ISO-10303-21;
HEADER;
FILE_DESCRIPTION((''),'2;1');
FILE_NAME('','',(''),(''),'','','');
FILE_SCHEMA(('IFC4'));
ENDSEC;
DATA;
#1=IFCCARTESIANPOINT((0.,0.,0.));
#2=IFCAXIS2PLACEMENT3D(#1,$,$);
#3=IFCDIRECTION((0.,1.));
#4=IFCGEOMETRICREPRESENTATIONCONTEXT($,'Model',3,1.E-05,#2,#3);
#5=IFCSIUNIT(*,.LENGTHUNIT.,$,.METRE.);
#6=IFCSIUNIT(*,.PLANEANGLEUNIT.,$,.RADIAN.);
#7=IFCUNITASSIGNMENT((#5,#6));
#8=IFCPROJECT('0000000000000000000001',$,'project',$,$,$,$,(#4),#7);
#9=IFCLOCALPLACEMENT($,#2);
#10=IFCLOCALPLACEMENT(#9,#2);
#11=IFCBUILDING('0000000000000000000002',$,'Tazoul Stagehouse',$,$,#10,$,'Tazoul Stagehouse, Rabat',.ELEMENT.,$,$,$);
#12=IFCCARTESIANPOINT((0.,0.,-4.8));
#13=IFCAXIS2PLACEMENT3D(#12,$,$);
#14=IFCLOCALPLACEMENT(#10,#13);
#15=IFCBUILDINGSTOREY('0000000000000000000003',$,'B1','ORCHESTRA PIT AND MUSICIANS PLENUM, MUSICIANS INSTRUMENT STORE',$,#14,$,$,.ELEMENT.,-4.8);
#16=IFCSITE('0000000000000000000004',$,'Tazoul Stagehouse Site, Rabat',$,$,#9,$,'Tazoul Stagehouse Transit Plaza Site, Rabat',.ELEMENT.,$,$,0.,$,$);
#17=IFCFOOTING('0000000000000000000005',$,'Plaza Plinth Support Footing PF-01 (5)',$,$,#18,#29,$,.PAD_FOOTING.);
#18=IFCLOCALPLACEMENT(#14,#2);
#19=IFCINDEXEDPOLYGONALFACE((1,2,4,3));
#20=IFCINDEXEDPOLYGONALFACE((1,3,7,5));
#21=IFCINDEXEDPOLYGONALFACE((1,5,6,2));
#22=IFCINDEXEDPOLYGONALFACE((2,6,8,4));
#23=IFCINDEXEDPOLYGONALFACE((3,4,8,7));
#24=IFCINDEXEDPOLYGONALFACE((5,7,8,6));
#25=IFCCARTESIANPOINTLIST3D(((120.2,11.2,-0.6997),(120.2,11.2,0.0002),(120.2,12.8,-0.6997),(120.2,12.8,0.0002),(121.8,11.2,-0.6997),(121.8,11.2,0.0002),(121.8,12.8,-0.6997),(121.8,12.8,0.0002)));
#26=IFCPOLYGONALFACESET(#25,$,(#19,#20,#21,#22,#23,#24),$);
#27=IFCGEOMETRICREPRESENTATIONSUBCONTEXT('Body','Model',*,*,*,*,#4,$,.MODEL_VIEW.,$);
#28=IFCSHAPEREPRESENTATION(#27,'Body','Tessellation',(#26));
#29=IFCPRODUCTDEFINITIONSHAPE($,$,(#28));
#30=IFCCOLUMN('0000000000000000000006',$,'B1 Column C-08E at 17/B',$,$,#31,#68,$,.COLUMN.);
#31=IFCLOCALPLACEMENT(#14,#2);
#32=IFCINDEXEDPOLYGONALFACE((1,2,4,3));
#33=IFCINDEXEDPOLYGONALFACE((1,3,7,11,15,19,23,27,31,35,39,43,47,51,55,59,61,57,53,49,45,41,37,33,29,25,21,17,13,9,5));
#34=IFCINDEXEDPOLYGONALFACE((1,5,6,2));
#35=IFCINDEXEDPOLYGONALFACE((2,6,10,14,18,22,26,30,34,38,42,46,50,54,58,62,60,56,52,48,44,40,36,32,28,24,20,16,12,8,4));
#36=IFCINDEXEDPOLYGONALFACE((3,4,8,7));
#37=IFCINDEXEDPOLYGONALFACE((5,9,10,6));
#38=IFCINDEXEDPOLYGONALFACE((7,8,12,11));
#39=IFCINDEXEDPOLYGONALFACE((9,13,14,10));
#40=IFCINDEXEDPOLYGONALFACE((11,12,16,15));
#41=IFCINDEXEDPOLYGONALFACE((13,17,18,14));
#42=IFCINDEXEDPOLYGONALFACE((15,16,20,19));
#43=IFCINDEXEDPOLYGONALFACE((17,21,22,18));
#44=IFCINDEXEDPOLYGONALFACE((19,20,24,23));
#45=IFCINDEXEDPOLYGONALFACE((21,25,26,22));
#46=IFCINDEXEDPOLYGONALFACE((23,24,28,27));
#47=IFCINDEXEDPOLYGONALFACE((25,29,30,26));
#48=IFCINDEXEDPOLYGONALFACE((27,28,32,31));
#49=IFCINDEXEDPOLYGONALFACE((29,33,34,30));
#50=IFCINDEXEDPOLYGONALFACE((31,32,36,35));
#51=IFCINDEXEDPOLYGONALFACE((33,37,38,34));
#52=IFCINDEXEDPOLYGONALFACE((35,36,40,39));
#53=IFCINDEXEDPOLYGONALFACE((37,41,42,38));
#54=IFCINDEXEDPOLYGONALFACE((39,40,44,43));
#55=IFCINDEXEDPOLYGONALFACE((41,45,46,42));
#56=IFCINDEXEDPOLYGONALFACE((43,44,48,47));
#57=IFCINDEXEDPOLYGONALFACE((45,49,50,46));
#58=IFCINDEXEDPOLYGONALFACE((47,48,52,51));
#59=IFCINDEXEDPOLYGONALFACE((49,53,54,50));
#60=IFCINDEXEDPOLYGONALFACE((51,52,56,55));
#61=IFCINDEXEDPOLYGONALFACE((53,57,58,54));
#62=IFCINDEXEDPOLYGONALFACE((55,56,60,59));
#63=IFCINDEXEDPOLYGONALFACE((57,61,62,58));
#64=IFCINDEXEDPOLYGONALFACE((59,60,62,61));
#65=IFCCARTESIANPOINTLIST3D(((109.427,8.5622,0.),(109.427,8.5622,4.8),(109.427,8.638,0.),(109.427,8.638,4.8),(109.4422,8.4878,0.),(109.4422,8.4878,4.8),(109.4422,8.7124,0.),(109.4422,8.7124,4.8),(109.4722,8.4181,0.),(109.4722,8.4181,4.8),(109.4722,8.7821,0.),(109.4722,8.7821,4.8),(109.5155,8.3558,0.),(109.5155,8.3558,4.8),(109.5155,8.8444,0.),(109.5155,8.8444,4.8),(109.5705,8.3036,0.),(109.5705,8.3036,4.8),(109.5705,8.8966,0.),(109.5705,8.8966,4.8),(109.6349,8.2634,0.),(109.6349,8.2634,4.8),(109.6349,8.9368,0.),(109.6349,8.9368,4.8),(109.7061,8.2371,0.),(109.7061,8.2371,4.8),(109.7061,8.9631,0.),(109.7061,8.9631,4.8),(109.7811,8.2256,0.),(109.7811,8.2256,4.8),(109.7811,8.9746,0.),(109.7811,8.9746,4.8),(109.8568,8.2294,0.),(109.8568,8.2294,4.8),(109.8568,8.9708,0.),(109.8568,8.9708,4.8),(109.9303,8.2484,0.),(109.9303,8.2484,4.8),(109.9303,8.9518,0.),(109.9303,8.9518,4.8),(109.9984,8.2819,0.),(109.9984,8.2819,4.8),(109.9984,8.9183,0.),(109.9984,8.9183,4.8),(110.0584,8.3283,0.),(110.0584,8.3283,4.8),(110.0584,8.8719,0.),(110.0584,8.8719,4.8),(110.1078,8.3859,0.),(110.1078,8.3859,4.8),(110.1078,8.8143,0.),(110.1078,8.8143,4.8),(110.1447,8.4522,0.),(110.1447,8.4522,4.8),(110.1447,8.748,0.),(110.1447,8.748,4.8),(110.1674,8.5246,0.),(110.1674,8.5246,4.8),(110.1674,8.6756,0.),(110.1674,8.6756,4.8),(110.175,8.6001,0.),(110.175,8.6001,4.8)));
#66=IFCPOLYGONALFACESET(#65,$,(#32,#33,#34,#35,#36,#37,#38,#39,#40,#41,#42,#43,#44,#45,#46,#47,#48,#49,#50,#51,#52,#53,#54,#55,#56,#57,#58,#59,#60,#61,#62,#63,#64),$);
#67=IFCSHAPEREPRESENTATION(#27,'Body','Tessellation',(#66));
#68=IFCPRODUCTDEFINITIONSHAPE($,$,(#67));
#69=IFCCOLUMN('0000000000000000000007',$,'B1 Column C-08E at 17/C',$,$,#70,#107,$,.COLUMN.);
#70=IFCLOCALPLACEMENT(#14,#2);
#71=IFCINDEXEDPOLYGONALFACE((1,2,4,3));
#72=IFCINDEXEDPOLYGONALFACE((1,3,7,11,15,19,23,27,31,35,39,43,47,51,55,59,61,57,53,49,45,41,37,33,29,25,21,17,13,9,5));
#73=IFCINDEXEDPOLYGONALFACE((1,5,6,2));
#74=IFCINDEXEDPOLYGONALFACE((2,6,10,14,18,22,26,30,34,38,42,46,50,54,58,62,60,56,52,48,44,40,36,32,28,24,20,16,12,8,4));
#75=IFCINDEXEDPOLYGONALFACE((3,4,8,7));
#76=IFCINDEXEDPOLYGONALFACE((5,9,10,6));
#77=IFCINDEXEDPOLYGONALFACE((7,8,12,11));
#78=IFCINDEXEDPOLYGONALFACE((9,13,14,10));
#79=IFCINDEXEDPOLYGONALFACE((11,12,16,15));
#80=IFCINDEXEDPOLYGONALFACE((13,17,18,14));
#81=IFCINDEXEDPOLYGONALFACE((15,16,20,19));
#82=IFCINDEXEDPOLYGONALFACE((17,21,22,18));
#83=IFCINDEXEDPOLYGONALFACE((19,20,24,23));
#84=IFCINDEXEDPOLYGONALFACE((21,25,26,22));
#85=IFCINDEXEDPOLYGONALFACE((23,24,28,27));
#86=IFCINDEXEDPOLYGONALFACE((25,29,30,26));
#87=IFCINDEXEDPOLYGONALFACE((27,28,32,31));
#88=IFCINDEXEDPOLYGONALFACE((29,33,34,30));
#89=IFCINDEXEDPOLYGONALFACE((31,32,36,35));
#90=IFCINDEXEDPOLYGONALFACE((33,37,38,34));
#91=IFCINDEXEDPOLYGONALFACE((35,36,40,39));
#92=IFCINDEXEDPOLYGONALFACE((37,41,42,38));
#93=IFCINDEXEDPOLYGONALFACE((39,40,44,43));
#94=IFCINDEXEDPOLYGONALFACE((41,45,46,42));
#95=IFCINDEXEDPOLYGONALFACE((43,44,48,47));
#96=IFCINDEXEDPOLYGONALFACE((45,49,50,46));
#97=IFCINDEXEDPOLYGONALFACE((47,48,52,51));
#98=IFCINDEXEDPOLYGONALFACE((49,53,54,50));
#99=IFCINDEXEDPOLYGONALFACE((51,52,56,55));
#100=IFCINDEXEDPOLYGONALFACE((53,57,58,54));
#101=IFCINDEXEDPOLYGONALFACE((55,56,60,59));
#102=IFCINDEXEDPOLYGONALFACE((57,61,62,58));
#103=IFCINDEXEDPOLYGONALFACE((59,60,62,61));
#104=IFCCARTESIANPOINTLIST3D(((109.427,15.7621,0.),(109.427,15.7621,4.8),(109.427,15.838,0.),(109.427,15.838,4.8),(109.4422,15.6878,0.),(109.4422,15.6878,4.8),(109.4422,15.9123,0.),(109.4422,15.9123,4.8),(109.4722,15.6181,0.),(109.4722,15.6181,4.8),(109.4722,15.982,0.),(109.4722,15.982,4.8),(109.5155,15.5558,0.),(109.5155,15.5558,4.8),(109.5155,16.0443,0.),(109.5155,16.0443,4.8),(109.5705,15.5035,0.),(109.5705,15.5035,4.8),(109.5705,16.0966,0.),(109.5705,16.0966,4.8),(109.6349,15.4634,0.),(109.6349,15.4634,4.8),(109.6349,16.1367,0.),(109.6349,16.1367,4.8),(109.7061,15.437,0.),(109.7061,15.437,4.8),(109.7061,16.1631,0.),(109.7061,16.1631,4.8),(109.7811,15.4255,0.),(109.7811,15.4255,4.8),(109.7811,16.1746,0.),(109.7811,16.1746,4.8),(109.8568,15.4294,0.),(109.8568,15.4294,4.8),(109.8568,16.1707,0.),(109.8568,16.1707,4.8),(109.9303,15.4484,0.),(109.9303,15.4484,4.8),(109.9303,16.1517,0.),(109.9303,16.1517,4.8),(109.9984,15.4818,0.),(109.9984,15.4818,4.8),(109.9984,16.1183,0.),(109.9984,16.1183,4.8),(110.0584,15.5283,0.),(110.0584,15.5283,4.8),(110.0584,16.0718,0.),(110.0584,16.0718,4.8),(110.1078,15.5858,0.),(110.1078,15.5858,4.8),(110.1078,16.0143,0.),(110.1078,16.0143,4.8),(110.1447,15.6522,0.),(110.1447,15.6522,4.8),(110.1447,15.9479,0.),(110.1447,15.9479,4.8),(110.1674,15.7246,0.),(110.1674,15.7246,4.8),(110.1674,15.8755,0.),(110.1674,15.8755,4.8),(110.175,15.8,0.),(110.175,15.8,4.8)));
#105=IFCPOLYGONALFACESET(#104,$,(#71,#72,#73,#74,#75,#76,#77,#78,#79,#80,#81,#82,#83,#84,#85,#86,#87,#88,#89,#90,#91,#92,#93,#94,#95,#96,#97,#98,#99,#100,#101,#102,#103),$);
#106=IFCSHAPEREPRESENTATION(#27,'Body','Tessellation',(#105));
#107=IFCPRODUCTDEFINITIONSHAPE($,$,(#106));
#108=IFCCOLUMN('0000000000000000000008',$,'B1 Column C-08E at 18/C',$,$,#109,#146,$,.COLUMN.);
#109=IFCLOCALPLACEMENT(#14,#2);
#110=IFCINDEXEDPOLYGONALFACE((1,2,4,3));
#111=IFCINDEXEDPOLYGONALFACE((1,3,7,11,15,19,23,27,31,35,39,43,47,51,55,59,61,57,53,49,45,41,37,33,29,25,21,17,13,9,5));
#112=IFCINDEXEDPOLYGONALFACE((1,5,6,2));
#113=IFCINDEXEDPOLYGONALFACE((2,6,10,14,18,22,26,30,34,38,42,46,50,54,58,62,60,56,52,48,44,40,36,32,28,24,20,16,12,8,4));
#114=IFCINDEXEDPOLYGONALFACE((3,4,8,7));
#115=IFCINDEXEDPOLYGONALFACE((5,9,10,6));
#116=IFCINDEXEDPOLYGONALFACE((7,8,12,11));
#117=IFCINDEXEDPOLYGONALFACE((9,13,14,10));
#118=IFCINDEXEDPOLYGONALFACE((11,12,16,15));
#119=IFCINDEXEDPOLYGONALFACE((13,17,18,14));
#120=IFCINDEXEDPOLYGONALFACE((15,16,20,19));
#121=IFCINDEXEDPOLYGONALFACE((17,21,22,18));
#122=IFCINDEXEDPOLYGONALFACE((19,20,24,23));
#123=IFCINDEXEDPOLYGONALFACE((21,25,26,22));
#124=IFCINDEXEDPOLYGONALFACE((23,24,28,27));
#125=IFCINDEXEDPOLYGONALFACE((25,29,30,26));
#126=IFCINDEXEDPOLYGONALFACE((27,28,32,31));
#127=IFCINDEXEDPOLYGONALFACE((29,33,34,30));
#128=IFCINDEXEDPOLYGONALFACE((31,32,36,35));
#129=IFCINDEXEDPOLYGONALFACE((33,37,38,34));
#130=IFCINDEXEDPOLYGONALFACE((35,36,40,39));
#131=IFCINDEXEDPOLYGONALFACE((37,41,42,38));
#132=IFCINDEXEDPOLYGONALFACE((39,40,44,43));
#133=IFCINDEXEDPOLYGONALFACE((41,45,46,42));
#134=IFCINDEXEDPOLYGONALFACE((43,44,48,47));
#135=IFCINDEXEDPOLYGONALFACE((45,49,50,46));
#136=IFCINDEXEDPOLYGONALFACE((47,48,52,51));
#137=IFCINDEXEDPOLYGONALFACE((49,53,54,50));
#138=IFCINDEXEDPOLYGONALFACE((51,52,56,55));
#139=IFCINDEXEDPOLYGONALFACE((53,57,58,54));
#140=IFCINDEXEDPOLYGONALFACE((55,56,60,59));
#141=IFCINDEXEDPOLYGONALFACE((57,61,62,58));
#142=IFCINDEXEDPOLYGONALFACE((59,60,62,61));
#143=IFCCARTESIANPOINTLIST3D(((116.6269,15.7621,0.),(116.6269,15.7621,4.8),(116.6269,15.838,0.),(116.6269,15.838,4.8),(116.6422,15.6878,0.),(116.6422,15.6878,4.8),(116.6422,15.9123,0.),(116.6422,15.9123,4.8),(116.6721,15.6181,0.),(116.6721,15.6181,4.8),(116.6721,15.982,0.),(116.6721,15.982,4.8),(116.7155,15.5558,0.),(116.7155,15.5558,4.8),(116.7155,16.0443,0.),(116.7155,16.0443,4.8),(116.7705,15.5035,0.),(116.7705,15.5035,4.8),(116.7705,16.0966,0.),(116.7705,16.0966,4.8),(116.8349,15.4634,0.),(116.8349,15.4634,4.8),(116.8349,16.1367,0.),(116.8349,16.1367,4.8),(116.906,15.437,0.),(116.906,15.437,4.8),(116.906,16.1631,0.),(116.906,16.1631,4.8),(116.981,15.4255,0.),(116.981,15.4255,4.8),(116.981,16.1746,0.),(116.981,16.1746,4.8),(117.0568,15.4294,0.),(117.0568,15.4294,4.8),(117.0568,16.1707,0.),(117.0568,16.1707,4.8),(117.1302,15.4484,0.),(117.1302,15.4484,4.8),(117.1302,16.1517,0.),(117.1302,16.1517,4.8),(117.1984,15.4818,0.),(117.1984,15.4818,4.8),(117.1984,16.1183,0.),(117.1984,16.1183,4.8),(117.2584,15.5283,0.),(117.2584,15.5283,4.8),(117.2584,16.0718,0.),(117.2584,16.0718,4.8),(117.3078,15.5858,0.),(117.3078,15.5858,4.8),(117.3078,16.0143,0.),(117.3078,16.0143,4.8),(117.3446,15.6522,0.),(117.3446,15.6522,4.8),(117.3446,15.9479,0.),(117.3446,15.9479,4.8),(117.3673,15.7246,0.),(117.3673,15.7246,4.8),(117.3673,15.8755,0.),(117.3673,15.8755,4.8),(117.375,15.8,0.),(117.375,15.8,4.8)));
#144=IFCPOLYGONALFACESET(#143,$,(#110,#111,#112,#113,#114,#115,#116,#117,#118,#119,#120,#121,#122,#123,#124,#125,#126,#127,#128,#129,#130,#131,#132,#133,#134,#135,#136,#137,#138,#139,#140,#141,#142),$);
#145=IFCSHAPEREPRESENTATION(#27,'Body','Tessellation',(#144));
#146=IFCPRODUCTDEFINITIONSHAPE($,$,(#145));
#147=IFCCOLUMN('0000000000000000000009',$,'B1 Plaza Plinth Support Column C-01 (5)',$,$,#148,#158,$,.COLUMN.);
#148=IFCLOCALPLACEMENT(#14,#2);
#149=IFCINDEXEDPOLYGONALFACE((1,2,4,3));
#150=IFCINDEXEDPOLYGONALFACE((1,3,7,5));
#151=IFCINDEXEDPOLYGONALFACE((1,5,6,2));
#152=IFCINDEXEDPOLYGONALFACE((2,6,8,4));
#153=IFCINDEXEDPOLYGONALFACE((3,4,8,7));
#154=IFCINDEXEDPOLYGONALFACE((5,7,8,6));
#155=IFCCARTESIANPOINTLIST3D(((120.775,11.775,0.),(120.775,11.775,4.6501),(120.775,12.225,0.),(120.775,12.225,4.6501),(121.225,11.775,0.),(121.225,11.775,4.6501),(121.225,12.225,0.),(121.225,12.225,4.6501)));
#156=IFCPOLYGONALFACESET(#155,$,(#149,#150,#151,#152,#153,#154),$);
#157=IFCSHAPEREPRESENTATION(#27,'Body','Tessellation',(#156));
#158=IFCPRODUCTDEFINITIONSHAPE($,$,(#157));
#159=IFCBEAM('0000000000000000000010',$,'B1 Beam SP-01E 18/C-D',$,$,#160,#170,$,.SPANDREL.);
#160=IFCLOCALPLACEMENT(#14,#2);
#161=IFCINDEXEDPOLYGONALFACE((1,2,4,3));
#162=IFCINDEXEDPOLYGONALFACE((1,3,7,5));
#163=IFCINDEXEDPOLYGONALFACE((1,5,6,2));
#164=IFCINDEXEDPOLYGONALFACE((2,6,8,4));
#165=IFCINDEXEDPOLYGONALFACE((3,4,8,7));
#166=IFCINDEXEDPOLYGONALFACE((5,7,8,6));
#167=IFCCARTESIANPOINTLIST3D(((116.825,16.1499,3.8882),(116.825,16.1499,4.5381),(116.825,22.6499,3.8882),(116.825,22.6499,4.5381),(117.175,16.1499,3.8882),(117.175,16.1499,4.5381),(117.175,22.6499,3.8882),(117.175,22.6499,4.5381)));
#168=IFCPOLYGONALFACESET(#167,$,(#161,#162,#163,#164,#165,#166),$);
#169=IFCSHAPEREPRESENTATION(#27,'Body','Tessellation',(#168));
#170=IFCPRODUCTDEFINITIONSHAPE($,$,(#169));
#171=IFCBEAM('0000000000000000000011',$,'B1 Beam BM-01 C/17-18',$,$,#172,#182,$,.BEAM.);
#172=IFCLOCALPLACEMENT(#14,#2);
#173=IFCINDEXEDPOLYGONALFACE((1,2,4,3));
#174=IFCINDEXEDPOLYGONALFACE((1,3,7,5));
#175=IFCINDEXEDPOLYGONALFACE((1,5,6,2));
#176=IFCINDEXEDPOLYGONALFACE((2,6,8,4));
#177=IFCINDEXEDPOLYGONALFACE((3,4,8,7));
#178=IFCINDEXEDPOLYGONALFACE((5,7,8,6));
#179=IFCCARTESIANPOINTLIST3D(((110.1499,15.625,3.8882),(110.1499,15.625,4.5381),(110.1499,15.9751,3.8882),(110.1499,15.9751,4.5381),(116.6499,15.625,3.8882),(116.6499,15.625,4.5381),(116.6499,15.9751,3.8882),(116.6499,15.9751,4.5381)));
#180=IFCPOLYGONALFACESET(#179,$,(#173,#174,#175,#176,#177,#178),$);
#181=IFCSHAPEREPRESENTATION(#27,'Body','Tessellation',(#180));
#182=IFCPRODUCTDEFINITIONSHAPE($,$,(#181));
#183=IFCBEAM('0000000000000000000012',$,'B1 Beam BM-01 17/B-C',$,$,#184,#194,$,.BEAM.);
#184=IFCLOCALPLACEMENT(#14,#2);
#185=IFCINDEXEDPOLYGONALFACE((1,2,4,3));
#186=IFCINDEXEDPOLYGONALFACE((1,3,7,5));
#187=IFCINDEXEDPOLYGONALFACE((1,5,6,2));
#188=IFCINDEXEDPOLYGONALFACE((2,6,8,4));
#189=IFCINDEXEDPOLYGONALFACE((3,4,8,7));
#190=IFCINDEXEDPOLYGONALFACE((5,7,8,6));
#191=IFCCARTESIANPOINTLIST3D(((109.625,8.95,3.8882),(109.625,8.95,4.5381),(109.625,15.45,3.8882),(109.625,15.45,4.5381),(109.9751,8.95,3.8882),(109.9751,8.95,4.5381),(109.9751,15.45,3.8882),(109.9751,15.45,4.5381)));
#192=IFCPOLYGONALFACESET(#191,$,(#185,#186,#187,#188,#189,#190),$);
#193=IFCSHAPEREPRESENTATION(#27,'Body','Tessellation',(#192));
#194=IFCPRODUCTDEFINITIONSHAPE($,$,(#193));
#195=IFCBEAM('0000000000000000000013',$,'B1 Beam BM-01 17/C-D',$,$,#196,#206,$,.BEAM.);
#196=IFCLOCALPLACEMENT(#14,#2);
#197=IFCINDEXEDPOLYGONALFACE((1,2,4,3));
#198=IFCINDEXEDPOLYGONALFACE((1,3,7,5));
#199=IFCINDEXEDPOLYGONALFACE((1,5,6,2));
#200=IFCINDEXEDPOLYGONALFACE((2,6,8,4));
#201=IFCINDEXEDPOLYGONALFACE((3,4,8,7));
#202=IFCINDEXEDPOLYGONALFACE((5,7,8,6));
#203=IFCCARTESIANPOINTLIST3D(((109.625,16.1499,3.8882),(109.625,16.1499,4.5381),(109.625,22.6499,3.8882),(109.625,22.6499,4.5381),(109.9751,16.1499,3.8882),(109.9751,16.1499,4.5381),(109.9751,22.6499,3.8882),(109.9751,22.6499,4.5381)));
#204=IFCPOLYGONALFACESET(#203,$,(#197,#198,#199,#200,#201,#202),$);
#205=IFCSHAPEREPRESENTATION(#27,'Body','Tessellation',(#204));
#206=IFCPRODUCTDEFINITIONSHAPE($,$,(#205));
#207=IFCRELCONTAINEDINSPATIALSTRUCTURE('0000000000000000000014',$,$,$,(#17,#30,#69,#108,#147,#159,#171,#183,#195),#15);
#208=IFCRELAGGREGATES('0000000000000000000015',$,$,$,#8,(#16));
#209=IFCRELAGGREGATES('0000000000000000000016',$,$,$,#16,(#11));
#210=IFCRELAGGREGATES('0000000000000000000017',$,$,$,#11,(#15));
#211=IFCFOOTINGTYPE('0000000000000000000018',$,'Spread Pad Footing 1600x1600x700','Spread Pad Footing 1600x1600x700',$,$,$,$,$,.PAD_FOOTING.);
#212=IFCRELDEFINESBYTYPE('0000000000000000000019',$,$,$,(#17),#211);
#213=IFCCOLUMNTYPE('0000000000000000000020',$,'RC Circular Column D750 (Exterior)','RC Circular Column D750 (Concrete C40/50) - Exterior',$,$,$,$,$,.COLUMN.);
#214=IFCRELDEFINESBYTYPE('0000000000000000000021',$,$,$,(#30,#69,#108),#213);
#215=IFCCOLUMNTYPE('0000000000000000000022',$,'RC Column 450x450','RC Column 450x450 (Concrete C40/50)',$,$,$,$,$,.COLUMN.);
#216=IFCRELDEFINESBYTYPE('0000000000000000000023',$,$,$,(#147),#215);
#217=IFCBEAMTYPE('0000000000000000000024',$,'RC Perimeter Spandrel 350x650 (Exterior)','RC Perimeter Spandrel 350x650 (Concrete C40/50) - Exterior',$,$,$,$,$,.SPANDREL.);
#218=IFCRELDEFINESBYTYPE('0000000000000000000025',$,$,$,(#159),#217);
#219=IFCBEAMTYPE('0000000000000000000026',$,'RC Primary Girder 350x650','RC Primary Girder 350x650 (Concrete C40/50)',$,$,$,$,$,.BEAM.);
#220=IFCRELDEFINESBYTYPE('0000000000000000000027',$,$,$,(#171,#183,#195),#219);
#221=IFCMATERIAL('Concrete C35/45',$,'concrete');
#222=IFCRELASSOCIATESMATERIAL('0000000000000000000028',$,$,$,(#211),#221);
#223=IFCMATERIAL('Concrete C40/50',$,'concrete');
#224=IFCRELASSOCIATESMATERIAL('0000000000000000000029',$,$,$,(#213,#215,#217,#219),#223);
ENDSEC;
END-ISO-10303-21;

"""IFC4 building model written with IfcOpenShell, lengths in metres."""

from ifc_helpers import new_model, si_unit, direction, frame, origin, origin_2d, place, context, subcontext, project, spatial, rectangle, circle, extrude, material, material_profile, profile_set, type_object, element, save


model = new_model("IFC4")

# Units and contexts
model_context = context("Model", 3, precision=1e-05, world=origin(), true_north=direction((0.0, 1.0)))
body_context = subcontext(model_context, "Body", "Model", "MODEL_VIEW")
ifc_project = project(units=[si_unit("LENGTHUNIT", "METRE"), si_unit("PLANEANGLEUNIT", "RADIAN")], contexts=[model_context])

# Site, building, storey
site_placement = place(None, origin())
site = spatial("IfcSite", under=ifc_project, at=site_placement, Name="Tazoul Stagehouse Site, Rabat", LongName="Tazoul Stagehouse Transit Plaza Site, Rabat", CompositionType="ELEMENT", RefElevation=0.0)
building_placement = place(site_placement, origin())
building = spatial("IfcBuilding", under=site, at=building_placement, Name="Tazoul Stagehouse", LongName="Tazoul Stagehouse, Rabat", CompositionType="ELEMENT")
storey_placement = place(building_placement, frame((0.0, 0.0, -4.8)))
storey = spatial("IfcBuildingStorey", under=building, at=storey_placement, Name="B1", Description="ORCHESTRA PIT AND MUSICIANS PLENUM, MUSICIANS INSTRUMENT STORE", CompositionType="ELEMENT", Elevation=-4.8)

# Shared definitions
ifc_material_1 = material(Name="Concrete C35/45", Category="concrete")

# Footing
footing_type_1 = type_object("IfcFootingType", Name="Spread Pad Footing 1600x1600x700", Description="Spread Pad Footing 1600x1600x700", PredefinedType="PAD_FOOTING", material=ifc_material_1)
footing_1_placement = place(storey_placement, frame((121.0, 12.0, -0.6997), z_axis=(0.0, 0.0, 1.0), x_axis=(1.0, 0.0, 0.0)))
element("IfcFooting", 1, at=footing_1_placement, inside=storey, type_object=footing_type_1, Name="Plaza Plinth Support Footing PF-01 (5)", PredefinedType="PAD_FOOTING", context=body_context, shape_type="SweptSolid", body=[
    extrude(rectangle(XDim=1.6001, YDim=1.6001, at=origin_2d()), origin(), (0.0, 0.0, 1.0), 0.7),
])

# Columns
ifc_material_2 = material(Name="Concrete C40/50", Category="concrete")
ifc_material_profile_1 = material_profile(ifc_material_2, circle(Radius=0.375, at=origin_2d()), Name="RC D750")
ifc_profile_set_1 = profile_set([ifc_material_profile_1], Name="Concrete C40/50")
column_type_1 = type_object("IfcColumnType", Name="RC Circular Column D750 (Exterior)", Description="RC Circular Column D750 (Concrete C40/50) - Exterior", PredefinedType="COLUMN", material=ifc_profile_set_1)
for number, where, z_axis, x_axis, name in (
    (2, (109.8, 8.6001, 0.0), (0.0, 0.0, 1.0), (1.0, 0.0, 0.0), "B1 Column C-08E at 17/B"),
    (3, (109.8, 15.8, 0.0), (0.0, 0.0, 1.0), (1.0, 0.0, 0.0), "B1 Column C-08E at 17/C"),
    (4, (117.0, 15.8, 0.0), (0.0, 0.0, 1.0), (1.0, 0.0, 0.0), "B1 Column C-08E at 18/C"),
):
    element("IfcColumn", number, at=place(storey_placement, frame(where, z_axis=z_axis, x_axis=x_axis)), inside=storey, type_object=column_type_1, Name=name, PredefinedType="COLUMN", context=body_context, shape_type="SweptSolid", body=[
        extrude(circle(Radius=0.375, at=origin_2d()), origin(), (0.0, 0.0, 1.0), 4.8),
    ])
ifc_material_profile_2 = material_profile(ifc_material_2, rectangle(XDim=0.45, YDim=0.45, at=origin_2d()), Name="RC 450x450")
ifc_profile_set_2 = profile_set([ifc_material_profile_2], Name="Concrete C40/50")
column_type_2 = type_object("IfcColumnType", Name="RC Column 450x450", Description="RC Column 450x450 (Concrete C40/50)", PredefinedType="COLUMN", material=ifc_profile_set_2)
column_placement = place(storey_placement, frame((121.0, 12.0, 0.0), z_axis=(0.0, 0.0, 1.0), x_axis=(1.0, 0.0, 0.0)))
element("IfcColumn", 5, at=column_placement, inside=storey, type_object=column_type_2, Name="B1 Plaza Plinth Support Column C-01 (5)", PredefinedType="COLUMN", context=body_context, shape_type="SweptSolid", body=[
    extrude(rectangle(XDim=0.45, YDim=0.45, at=origin_2d()), origin(), (0.0, 0.0, 1.0), 4.6501),
])

# Beams
ifc_material_profile_3 = material_profile(ifc_material_2, rectangle(XDim=0.3501, YDim=0.6499, at=origin_2d()), Name="RC 350x650")
ifc_profile_set_3 = profile_set([ifc_material_profile_3], Name="Concrete C40/50")
beam_type_1 = type_object("IfcBeamType", Name="RC Perimeter Spandrel 350x650 (Exterior)", Description="RC Perimeter Spandrel 350x650 (Concrete C40/50) - Exterior", PredefinedType="SPANDREL", material=ifc_profile_set_3)
beam_placement = place(storey_placement, frame((117.0, 16.1499, 4.2131), z_axis=(0.0, 1.0, 0.0), x_axis=(-1.0, 0.0, 0.0)))
element("IfcBeam", 6, at=beam_placement, inside=storey, type_object=beam_type_1, Name="B1 Beam SP-01E 18/C-D", PredefinedType="SPANDREL", context=body_context, shape_type="SweptSolid", body=[
    extrude(rectangle(XDim=0.3501, YDim=0.6499, at=origin_2d()), origin(), (0.0, 0.0, 1.0), 6.5),
])
ifc_material_profile_4 = material_profile(ifc_material_2, rectangle(XDim=0.3501, YDim=0.6499, at=origin_2d()), Name="RC 350x650")
ifc_profile_set_4 = profile_set([ifc_material_profile_4], Name="Concrete C40/50")
beam_type_2 = type_object("IfcBeamType", Name="RC Primary Girder 350x650", Description="RC Primary Girder 350x650 (Concrete C40/50)", PredefinedType="BEAM", material=ifc_profile_set_4)
for number, where, z_axis, x_axis, name in (
    (7, (110.1499, 15.8, 4.2131), (1.0, 0.0, 0.0), (0.0, 1.0, 0.0), "B1 Beam BM-01 C/17-18"),
    (8, (109.8, 8.95, 4.2131), (0.0, 1.0, 0.0), (-1.0, 0.0, 0.0), "B1 Beam BM-01 17/B-C"),
    (9, (109.8, 16.1499, 4.2131), (0.0, 1.0, 0.0), (-1.0, 0.0, 0.0), "B1 Beam BM-01 17/C-D"),
):
    element("IfcBeam", number, at=place(storey_placement, frame(where, z_axis=z_axis, x_axis=x_axis)), inside=storey, type_object=beam_type_2, Name=name, PredefinedType="BEAM", context=body_context, shape_type="SweptSolid", body=[
        extrude(rectangle(XDim=0.3501, YDim=0.6499, at=origin_2d()), origin(), (0.0, 0.0, 1.0), 6.5),
    ])

save(model, "model.ifc")
